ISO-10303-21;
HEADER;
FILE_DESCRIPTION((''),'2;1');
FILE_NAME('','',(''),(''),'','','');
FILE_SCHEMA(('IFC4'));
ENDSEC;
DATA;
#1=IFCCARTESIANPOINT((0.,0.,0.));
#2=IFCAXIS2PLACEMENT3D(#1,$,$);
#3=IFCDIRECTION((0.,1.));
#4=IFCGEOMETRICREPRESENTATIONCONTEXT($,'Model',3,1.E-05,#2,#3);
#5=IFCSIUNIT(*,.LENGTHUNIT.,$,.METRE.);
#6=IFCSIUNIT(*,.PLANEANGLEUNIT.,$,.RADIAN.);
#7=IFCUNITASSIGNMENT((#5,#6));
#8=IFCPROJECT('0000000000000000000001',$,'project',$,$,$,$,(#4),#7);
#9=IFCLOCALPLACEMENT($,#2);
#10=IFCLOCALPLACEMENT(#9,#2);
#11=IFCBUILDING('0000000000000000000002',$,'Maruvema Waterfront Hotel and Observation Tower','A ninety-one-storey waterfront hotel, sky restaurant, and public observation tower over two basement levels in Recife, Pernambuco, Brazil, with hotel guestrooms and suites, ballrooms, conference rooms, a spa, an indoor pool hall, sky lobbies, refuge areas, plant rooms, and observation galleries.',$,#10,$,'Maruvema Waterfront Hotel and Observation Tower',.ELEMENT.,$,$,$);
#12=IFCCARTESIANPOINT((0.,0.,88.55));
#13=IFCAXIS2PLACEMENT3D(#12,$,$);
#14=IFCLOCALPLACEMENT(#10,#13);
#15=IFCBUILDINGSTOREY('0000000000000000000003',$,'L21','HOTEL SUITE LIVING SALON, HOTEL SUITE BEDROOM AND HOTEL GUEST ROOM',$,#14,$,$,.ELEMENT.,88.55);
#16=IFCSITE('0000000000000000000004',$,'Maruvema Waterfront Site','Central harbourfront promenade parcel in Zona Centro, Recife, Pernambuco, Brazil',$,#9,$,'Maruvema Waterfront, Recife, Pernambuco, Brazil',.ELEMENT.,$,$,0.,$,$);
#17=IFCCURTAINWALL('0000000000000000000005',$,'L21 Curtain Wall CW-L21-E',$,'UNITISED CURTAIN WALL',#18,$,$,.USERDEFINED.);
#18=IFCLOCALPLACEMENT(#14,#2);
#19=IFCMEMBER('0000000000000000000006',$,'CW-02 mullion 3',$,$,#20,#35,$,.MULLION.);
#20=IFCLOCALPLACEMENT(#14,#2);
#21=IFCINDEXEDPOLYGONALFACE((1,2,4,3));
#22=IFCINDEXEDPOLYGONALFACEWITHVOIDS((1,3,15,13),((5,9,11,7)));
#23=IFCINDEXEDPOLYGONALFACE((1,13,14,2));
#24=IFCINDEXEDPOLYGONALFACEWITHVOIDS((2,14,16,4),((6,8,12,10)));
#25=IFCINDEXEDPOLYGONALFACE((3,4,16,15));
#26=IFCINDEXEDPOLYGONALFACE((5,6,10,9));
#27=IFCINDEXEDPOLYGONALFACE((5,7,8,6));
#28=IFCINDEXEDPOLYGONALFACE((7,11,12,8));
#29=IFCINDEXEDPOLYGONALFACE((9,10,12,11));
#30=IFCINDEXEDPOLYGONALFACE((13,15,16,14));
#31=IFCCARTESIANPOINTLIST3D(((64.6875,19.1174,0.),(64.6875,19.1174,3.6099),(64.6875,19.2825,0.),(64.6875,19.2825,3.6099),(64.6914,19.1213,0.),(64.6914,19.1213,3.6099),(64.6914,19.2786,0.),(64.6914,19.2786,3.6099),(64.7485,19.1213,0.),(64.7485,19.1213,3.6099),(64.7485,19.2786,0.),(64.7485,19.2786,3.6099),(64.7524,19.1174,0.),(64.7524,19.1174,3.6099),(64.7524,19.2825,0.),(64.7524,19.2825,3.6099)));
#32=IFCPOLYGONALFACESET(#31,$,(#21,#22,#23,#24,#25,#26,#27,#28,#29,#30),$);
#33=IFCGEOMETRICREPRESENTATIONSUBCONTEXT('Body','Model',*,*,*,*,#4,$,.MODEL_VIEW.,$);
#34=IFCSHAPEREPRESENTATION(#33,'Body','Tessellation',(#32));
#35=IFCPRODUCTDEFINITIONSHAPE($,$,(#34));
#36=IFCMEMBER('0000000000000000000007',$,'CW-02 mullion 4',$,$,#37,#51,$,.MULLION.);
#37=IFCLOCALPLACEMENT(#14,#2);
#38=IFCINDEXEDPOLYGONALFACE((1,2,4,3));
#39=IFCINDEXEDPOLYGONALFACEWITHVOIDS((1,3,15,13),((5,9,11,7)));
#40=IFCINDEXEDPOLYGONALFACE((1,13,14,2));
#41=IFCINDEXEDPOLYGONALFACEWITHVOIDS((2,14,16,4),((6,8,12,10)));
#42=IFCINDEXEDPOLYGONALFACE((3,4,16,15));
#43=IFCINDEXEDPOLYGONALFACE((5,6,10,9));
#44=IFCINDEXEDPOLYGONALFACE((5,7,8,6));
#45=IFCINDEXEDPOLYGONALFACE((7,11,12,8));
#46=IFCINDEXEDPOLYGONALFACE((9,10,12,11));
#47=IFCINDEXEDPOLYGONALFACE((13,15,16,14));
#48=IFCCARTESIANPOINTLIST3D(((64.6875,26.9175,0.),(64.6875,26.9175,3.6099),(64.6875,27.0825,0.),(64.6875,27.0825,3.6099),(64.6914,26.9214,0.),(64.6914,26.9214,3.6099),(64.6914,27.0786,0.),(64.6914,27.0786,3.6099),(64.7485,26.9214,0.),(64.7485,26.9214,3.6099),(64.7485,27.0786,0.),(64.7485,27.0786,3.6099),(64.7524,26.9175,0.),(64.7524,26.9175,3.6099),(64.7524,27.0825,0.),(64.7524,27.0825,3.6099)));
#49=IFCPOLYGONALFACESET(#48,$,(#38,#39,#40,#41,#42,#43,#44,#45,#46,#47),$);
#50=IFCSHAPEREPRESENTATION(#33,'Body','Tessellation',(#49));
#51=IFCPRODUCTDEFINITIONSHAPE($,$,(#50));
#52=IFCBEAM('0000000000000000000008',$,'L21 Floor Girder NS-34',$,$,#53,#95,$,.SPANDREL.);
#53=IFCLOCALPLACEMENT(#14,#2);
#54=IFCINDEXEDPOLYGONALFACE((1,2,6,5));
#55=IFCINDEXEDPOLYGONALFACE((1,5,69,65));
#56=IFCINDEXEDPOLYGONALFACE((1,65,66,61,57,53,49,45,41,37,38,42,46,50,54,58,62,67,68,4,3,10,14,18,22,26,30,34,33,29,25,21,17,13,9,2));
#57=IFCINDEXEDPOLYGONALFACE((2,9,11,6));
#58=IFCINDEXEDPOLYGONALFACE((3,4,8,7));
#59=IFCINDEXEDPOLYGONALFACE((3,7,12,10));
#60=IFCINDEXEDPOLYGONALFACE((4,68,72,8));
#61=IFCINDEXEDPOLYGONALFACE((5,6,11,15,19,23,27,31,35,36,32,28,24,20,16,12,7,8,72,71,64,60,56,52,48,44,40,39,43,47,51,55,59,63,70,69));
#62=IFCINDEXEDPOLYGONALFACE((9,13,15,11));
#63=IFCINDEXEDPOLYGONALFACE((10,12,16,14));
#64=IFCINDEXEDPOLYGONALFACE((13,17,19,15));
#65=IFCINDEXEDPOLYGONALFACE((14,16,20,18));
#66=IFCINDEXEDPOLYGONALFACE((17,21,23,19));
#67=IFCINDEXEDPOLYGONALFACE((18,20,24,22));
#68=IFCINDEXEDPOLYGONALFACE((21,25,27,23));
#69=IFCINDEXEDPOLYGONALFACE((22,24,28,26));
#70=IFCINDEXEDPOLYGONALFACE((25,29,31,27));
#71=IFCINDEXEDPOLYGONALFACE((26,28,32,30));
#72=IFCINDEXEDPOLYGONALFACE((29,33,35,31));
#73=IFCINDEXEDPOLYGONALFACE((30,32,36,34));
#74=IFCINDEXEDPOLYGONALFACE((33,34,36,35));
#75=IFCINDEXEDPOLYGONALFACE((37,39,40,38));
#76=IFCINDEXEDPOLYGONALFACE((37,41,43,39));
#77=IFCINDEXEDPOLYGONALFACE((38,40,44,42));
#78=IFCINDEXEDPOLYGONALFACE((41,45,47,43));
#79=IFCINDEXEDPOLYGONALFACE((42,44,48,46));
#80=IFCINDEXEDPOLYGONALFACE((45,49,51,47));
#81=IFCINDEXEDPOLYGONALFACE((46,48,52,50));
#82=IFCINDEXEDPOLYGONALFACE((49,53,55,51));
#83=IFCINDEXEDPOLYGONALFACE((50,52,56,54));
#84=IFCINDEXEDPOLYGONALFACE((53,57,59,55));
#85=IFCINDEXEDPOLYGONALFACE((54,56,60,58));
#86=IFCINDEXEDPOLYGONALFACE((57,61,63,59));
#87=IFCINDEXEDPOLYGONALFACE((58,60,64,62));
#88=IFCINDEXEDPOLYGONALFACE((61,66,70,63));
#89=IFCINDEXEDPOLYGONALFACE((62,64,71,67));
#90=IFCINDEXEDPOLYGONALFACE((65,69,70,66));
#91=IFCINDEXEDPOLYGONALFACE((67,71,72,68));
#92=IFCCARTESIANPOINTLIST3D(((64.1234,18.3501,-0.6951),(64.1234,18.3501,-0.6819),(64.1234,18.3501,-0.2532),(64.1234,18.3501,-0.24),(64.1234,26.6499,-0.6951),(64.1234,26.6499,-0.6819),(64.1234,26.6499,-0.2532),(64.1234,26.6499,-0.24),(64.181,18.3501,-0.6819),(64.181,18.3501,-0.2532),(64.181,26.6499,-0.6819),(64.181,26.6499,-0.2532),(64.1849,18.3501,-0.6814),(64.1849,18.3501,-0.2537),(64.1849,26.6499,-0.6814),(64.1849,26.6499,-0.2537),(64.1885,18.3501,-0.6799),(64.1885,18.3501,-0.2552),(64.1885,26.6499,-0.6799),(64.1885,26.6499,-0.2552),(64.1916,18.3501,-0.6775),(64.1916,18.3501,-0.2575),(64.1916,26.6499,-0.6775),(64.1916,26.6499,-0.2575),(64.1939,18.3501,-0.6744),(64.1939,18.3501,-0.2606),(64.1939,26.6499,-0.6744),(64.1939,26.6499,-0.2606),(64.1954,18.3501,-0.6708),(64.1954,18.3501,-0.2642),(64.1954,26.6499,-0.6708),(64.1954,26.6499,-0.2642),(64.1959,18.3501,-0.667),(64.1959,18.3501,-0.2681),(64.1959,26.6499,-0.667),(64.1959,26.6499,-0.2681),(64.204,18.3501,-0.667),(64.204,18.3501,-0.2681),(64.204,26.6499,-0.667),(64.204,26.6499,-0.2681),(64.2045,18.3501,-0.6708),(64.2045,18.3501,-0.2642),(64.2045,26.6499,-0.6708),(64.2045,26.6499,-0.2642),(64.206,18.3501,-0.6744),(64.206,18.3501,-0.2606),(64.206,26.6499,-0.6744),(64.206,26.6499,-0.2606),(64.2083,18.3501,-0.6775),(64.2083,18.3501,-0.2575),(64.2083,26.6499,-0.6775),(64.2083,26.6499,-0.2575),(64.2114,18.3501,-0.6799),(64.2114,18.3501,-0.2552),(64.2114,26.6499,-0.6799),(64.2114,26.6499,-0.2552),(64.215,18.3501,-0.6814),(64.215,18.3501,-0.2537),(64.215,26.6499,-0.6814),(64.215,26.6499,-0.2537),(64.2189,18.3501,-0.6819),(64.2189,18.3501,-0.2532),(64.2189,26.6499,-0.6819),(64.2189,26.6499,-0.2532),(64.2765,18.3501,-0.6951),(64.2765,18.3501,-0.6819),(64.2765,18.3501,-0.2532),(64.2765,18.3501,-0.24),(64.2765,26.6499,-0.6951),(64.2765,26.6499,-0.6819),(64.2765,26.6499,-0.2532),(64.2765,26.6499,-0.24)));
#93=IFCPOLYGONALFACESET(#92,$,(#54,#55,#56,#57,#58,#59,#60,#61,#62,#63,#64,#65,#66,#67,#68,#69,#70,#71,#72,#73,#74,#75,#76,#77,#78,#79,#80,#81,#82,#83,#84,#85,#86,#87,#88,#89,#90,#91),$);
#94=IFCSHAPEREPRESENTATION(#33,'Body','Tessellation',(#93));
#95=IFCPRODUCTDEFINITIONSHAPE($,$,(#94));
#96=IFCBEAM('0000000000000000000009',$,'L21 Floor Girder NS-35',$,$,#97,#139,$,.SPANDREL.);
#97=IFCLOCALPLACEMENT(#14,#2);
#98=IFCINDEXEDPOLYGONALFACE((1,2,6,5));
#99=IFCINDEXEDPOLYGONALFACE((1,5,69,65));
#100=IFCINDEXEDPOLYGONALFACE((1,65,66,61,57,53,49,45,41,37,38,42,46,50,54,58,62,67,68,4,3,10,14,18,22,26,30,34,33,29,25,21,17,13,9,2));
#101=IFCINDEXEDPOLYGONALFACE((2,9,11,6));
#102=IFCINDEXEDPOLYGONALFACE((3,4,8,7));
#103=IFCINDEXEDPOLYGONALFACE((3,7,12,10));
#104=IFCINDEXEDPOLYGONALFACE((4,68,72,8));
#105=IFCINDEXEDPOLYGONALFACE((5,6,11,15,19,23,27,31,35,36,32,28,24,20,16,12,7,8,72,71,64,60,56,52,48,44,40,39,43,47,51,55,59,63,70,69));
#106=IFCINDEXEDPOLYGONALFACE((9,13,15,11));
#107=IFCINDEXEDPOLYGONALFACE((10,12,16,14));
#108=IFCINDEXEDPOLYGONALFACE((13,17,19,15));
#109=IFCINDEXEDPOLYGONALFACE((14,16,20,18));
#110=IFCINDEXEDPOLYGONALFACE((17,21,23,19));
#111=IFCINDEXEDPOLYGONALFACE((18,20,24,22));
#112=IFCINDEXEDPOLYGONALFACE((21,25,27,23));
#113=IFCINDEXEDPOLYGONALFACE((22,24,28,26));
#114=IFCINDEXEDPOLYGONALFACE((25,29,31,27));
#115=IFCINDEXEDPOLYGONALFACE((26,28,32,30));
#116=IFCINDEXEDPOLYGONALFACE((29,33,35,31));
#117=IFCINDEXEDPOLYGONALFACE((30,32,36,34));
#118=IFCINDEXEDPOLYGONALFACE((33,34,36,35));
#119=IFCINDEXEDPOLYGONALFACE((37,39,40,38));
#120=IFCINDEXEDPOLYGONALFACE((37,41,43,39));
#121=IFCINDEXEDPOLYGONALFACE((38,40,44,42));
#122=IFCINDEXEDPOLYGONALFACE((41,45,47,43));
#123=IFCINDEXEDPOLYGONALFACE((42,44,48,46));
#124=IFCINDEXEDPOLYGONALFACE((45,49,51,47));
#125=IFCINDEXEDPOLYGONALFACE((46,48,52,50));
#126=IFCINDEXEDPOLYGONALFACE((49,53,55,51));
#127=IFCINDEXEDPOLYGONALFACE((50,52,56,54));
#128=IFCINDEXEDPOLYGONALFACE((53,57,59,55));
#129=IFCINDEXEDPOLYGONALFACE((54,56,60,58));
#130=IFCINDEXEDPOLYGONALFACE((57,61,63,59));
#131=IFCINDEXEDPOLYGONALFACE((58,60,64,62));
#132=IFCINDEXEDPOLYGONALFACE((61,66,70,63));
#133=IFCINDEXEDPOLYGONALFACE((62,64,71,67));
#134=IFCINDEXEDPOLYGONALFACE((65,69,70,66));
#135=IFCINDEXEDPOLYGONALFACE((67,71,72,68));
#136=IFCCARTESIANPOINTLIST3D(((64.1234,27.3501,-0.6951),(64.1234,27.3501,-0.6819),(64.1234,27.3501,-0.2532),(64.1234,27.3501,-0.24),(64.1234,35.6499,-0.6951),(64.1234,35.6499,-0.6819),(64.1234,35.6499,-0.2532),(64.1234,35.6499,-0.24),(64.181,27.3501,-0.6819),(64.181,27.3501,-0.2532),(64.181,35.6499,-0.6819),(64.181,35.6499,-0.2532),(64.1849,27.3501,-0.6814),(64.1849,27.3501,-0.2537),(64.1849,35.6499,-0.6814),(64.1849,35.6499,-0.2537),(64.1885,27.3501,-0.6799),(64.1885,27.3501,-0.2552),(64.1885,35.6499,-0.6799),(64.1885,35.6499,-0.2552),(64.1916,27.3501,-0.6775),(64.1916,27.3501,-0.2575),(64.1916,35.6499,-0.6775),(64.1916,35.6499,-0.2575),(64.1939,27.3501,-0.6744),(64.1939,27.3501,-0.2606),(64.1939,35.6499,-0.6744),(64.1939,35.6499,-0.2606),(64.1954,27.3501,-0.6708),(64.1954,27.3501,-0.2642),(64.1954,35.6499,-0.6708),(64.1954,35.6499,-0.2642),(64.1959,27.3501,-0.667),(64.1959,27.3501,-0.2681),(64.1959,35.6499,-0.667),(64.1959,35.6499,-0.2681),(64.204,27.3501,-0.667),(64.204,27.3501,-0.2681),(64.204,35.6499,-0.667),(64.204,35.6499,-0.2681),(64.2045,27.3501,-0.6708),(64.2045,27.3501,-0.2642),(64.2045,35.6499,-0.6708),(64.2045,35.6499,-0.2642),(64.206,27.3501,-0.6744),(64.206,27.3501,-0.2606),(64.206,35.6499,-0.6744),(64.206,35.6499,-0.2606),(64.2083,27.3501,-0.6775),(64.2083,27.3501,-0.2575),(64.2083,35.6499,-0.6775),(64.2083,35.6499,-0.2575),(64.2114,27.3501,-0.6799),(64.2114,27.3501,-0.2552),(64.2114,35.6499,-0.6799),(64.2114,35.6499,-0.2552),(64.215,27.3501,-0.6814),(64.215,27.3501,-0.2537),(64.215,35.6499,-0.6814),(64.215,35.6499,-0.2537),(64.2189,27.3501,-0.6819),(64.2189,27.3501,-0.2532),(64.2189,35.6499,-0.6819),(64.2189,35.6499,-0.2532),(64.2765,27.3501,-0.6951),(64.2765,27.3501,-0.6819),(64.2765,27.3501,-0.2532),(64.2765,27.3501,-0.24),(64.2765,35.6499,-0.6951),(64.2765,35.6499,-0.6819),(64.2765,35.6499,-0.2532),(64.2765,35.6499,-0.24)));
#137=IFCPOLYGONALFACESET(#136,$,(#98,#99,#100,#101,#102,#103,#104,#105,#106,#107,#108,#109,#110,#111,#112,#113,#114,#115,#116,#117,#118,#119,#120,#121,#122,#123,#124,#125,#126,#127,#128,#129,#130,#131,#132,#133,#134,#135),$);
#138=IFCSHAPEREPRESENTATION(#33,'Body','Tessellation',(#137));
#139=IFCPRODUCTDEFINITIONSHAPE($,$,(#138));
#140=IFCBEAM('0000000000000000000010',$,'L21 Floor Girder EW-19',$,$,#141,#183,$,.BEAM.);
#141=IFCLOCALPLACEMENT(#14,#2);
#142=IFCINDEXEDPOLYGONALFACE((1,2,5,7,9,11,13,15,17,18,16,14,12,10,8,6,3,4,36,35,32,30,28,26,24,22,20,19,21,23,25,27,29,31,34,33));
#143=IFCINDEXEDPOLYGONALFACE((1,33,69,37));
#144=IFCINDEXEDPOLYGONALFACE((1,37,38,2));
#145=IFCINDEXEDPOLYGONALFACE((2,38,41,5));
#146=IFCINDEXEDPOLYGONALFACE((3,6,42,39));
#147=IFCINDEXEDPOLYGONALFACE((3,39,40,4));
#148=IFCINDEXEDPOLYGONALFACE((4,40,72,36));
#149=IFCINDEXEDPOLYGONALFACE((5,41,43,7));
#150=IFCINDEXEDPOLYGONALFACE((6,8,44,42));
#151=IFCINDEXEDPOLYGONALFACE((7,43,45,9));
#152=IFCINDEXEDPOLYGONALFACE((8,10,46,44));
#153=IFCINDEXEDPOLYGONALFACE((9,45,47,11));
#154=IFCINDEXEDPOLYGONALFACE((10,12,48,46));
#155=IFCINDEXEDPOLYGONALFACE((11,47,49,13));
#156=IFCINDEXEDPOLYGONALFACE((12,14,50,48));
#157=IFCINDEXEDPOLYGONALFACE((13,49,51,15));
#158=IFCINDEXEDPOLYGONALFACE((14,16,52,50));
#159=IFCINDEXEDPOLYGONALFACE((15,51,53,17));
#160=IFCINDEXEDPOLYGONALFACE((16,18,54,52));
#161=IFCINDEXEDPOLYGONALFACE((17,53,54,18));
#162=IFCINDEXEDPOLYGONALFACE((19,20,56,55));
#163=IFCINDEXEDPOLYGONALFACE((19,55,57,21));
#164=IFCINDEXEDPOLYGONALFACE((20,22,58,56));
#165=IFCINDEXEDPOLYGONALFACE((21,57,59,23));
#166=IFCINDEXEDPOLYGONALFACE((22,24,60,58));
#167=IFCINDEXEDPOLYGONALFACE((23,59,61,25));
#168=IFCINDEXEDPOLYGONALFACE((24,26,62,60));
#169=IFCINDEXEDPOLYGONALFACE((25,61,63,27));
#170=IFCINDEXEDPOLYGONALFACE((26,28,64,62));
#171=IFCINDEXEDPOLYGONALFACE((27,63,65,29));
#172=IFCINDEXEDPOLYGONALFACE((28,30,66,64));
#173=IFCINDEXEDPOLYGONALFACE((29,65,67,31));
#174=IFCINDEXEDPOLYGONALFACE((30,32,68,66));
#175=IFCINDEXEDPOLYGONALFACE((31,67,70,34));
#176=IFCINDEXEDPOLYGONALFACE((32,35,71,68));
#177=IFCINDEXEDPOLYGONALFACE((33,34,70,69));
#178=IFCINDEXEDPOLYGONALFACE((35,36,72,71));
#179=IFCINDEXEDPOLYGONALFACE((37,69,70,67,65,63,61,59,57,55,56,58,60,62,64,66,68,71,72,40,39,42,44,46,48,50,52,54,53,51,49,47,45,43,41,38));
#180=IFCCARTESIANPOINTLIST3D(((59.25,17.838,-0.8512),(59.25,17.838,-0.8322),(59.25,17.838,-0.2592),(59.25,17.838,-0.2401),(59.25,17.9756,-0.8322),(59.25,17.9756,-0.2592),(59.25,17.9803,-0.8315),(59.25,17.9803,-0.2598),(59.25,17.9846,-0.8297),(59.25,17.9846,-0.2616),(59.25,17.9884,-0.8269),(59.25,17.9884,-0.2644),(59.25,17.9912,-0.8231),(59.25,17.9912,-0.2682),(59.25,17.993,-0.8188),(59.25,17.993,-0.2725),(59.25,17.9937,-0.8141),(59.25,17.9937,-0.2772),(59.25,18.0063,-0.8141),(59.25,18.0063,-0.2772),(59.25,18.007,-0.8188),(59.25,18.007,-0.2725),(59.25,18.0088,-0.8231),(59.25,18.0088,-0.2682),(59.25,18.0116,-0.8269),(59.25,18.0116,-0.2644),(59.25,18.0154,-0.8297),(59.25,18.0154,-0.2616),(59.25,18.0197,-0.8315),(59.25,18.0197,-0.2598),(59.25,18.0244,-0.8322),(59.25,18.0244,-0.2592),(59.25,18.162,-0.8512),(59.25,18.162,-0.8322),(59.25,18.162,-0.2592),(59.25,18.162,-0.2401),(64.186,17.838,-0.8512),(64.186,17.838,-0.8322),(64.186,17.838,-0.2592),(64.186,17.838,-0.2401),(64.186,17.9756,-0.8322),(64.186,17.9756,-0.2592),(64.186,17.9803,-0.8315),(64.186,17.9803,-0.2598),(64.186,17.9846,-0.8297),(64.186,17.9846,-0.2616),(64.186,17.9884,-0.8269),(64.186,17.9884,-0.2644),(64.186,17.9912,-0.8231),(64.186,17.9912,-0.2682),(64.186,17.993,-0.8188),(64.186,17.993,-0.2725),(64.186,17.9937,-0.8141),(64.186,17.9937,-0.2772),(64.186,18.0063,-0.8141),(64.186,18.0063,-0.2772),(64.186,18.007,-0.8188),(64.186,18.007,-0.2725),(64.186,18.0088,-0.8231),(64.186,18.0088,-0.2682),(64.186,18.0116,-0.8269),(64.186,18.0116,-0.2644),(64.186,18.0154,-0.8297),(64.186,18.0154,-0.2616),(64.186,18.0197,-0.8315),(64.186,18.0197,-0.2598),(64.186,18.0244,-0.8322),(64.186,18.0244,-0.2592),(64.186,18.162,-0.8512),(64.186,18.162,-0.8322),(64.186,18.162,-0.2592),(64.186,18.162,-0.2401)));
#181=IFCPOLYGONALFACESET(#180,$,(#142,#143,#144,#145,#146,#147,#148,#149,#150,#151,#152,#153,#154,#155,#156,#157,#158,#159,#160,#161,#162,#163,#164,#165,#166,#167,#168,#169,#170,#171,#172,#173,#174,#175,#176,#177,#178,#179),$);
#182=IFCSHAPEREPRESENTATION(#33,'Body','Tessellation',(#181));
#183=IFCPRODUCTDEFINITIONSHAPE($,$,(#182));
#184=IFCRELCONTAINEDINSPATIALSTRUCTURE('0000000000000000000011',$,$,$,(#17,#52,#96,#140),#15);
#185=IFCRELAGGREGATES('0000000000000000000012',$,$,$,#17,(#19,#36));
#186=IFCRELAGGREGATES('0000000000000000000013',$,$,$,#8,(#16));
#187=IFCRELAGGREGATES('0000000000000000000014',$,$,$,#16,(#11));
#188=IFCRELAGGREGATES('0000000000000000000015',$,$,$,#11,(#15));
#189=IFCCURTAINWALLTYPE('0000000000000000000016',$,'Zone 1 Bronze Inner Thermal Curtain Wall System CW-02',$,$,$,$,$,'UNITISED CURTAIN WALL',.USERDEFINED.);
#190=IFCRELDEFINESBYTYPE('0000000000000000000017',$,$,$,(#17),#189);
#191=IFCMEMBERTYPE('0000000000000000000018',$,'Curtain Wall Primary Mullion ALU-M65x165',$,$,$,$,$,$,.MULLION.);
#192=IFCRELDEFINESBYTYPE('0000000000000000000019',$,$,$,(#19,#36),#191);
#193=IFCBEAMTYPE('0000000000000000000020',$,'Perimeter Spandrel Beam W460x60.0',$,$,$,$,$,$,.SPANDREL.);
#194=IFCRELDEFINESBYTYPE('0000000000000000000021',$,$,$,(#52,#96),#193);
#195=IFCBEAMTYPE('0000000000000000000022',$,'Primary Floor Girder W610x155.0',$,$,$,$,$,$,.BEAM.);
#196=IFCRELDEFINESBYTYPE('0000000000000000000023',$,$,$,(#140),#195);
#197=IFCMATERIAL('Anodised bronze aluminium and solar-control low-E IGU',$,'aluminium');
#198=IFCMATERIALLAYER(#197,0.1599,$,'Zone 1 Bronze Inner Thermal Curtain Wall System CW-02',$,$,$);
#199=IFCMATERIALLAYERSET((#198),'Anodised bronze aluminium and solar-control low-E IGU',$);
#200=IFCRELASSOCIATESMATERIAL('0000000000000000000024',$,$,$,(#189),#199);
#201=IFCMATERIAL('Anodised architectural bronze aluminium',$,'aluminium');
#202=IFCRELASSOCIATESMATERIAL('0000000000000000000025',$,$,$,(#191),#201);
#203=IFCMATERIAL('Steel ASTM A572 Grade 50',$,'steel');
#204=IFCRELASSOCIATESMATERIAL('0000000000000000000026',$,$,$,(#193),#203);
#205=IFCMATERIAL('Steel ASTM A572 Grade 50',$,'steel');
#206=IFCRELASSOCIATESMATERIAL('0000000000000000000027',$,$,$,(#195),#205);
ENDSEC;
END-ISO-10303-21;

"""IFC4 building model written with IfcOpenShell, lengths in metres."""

from ifc_helpers import new_model, si_unit, direction, frame, origin, origin_2d, place, context, subcontext, project, spatial, hollow_rectangle, i_section, extrude, material, layer, layer_set, material_profile, profile_set, type_object, element, aggregate, save


model = new_model("IFC4")

# Units and contexts
model_context = context("Model", 3, precision=1e-05, world=origin(), true_north=direction((0.0, 1.0)))
body_context = subcontext(model_context, "Body", "Model", "MODEL_VIEW")
ifc_project = project(units=[si_unit("LENGTHUNIT", "METRE"), si_unit("PLANEANGLEUNIT", "RADIAN")], contexts=[model_context])

# Site, building, storey
site_placement = place(None, origin())
site = spatial("IfcSite", under=ifc_project, at=site_placement, Name="Maruvema Waterfront Site", Description="Central harbourfront promenade parcel in Zona Centro, Recife, Pernambuco, Brazil", LongName="Maruvema Waterfront, Recife, Pernambuco, Brazil", CompositionType="ELEMENT", RefElevation=0.0)
building_placement = place(site_placement, origin())
building = spatial("IfcBuilding", under=site, at=building_placement, Name="Maruvema Waterfront Hotel and Observation Tower", Description="A ninety-one-storey waterfront hotel, sky restaurant, and public observation tower over two basement levels in Recife, Pernambuco, Brazil, with hotel guestrooms and suites, ballrooms, conference rooms, a spa, an indoor pool hall, sky lobbies, refuge areas, plant rooms, and observation galleries.", LongName="Maruvema Waterfront Hotel and Observation Tower", CompositionType="ELEMENT")
storey_placement = place(building_placement, frame((0.0, 0.0, 88.55)))
storey = spatial("IfcBuildingStorey", under=building, at=storey_placement, Name="L21", Description="HOTEL SUITE LIVING SALON, HOTEL SUITE BEDROOM AND HOTEL GUEST ROOM", CompositionType="ELEMENT", Elevation=88.55)

# Curtain wall, members
ifc_material_1 = material(Name="Anodised bronze aluminium and solar-control low-E IGU", Category="aluminium")
ifc_layer_1 = layer(ifc_material_1, 0.1599, Name="Zone 1 Bronze Inner Thermal Curtain Wall System CW-02")
ifc_layer_set_1 = layer_set([ifc_layer_1], Name="Anodised bronze aluminium and solar-control low-E IGU")
curtain_wall_type = type_object("IfcCurtainWallType", Name="Zone 1 Bronze Inner Thermal Curtain Wall System CW-02", ElementType="UNITISED CURTAIN WALL", PredefinedType="USERDEFINED", material=ifc_layer_set_1)
curtain_wall_placement = place(storey_placement, origin())
curtain_wall = element("IfcCurtainWall", 1, at=curtain_wall_placement, inside=storey, type_object=curtain_wall_type, Name="L21 Curtain Wall CW-L21-E", ObjectType="UNITISED CURTAIN WALL", PredefinedType="USERDEFINED")
ifc_material_2 = material(Name="Anodised architectural bronze aluminium", Category="aluminium")
ifc_material_profile_1 = material_profile(ifc_material_2, hollow_rectangle(XDim=0.0649, YDim=0.165, WallThickness=0.0039, at=origin_2d()), Name="ALU-M65x165")
ifc_profile_set_1 = profile_set([ifc_material_profile_1], Name="Anodised architectural bronze aluminium")
member_type_1 = type_object("IfcMemberType", Name="Curtain Wall Primary Mullion ALU-M65x165", PredefinedType="MULLION", material=ifc_profile_set_1)
member_1_placement = place(storey_placement, frame((64.72, 19.2, 0.0), z_axis=(0.0, 0.0, 1.0), x_axis=(-1.0, 0.0, 0.0)))
member_1 = element("IfcMember", 2, at=member_1_placement, type_object=member_type_1, Name="CW-02 mullion 3", PredefinedType="MULLION", context=body_context, shape_type="SweptSolid", body=[
    extrude(hollow_rectangle(XDim=0.0649, YDim=0.165, WallThickness=0.0039, at=origin_2d()), origin(), (0.0, 0.0, 1.0), 3.6099),
])
member_2_placement = place(storey_placement, frame((64.72, 27.0, 0.0), z_axis=(0.0, 0.0, 1.0), x_axis=(-1.0, 0.0, 0.0)))
member_2 = element("IfcMember", 3, at=member_2_placement, type_object=member_type_1, Name="CW-02 mullion 4", PredefinedType="MULLION", context=body_context, shape_type="SweptSolid", body=[
    extrude(hollow_rectangle(XDim=0.0649, YDim=0.165, WallThickness=0.0039, at=origin_2d()), origin(), (0.0, 0.0, 1.0), 3.6099),
])

# Beams
ifc_material_3 = material(Name="Steel ASTM A572 Grade 50", Category="steel")
ifc_material_profile_2 = material_profile(ifc_material_3, i_section(OverallWidth=0.1531, OverallDepth=0.4551, WebThickness=0.0081, FlangeThickness=0.0132, FilletRadius=0.0149, at=origin_2d()), Name="W460x60.0")
ifc_profile_set_2 = profile_set([ifc_material_profile_2], Name="Steel ASTM A572 Grade 50")
beam_type_1 = type_object("IfcBeamType", Name="Perimeter Spandrel Beam W460x60.0", PredefinedType="SPANDREL", material=ifc_profile_set_2)
for number, where, z_axis, x_axis, name in (
    (4, (64.2, 18.3501, -0.4675), (0.0, 1.0, 0.0), (-1.0, 0.0, 0.0), "L21 Floor Girder NS-34"),
    (5, (64.2, 27.3501, -0.4675), (0.0, 1.0, 0.0), (-1.0, 0.0, 0.0), "L21 Floor Girder NS-35"),
):
    element("IfcBeam", number, at=place(storey_placement, frame(where, z_axis=z_axis, x_axis=x_axis)), inside=storey, type_object=beam_type_1, Name=name, PredefinedType="SPANDREL", context=body_context, shape_type="SweptSolid", body=[
        extrude(i_section(OverallWidth=0.1531, OverallDepth=0.4551, WebThickness=0.0081, FlangeThickness=0.0132, FilletRadius=0.0149, at=origin_2d()), origin(), (0.0, 0.0, 1.0), 8.2998),
    ])
ifc_material_4 = material(Name="Steel ASTM A572 Grade 50", Category="steel")
ifc_material_profile_3 = material_profile(ifc_material_4, i_section(OverallWidth=0.324, OverallDepth=0.6111, WebThickness=0.0127, FlangeThickness=0.019, FilletRadius=0.0181, at=origin_2d()), Name="W610x155.0")
ifc_profile_set_3 = profile_set([ifc_material_profile_3], Name="Steel ASTM A572 Grade 50")
beam_type_2 = type_object("IfcBeamType", Name="Primary Floor Girder W610x155.0", PredefinedType="BEAM", material=ifc_profile_set_3)
for number, where, z_axis, x_axis, name in (
    (6, (59.25, 18.0, -0.5457), (1.0, 0.0, 0.0), (0.0, 1.0, 0.0), "L21 Floor Girder EW-19"),
):
    element("IfcBeam", number, at=place(storey_placement, frame(where, z_axis=z_axis, x_axis=x_axis)), inside=storey, type_object=beam_type_2, Name=name, PredefinedType="BEAM", context=body_context, shape_type="SweptSolid", body=[
        extrude(i_section(OverallWidth=0.324, OverallDepth=0.6111, WebThickness=0.0127, FlangeThickness=0.019, FilletRadius=0.0181, at=origin_2d()), origin(), (0.0, 0.0, 1.0), 4.936),
    ])

aggregate(curtain_wall, [member_1, member_2])

save(model, "model.ifc")
